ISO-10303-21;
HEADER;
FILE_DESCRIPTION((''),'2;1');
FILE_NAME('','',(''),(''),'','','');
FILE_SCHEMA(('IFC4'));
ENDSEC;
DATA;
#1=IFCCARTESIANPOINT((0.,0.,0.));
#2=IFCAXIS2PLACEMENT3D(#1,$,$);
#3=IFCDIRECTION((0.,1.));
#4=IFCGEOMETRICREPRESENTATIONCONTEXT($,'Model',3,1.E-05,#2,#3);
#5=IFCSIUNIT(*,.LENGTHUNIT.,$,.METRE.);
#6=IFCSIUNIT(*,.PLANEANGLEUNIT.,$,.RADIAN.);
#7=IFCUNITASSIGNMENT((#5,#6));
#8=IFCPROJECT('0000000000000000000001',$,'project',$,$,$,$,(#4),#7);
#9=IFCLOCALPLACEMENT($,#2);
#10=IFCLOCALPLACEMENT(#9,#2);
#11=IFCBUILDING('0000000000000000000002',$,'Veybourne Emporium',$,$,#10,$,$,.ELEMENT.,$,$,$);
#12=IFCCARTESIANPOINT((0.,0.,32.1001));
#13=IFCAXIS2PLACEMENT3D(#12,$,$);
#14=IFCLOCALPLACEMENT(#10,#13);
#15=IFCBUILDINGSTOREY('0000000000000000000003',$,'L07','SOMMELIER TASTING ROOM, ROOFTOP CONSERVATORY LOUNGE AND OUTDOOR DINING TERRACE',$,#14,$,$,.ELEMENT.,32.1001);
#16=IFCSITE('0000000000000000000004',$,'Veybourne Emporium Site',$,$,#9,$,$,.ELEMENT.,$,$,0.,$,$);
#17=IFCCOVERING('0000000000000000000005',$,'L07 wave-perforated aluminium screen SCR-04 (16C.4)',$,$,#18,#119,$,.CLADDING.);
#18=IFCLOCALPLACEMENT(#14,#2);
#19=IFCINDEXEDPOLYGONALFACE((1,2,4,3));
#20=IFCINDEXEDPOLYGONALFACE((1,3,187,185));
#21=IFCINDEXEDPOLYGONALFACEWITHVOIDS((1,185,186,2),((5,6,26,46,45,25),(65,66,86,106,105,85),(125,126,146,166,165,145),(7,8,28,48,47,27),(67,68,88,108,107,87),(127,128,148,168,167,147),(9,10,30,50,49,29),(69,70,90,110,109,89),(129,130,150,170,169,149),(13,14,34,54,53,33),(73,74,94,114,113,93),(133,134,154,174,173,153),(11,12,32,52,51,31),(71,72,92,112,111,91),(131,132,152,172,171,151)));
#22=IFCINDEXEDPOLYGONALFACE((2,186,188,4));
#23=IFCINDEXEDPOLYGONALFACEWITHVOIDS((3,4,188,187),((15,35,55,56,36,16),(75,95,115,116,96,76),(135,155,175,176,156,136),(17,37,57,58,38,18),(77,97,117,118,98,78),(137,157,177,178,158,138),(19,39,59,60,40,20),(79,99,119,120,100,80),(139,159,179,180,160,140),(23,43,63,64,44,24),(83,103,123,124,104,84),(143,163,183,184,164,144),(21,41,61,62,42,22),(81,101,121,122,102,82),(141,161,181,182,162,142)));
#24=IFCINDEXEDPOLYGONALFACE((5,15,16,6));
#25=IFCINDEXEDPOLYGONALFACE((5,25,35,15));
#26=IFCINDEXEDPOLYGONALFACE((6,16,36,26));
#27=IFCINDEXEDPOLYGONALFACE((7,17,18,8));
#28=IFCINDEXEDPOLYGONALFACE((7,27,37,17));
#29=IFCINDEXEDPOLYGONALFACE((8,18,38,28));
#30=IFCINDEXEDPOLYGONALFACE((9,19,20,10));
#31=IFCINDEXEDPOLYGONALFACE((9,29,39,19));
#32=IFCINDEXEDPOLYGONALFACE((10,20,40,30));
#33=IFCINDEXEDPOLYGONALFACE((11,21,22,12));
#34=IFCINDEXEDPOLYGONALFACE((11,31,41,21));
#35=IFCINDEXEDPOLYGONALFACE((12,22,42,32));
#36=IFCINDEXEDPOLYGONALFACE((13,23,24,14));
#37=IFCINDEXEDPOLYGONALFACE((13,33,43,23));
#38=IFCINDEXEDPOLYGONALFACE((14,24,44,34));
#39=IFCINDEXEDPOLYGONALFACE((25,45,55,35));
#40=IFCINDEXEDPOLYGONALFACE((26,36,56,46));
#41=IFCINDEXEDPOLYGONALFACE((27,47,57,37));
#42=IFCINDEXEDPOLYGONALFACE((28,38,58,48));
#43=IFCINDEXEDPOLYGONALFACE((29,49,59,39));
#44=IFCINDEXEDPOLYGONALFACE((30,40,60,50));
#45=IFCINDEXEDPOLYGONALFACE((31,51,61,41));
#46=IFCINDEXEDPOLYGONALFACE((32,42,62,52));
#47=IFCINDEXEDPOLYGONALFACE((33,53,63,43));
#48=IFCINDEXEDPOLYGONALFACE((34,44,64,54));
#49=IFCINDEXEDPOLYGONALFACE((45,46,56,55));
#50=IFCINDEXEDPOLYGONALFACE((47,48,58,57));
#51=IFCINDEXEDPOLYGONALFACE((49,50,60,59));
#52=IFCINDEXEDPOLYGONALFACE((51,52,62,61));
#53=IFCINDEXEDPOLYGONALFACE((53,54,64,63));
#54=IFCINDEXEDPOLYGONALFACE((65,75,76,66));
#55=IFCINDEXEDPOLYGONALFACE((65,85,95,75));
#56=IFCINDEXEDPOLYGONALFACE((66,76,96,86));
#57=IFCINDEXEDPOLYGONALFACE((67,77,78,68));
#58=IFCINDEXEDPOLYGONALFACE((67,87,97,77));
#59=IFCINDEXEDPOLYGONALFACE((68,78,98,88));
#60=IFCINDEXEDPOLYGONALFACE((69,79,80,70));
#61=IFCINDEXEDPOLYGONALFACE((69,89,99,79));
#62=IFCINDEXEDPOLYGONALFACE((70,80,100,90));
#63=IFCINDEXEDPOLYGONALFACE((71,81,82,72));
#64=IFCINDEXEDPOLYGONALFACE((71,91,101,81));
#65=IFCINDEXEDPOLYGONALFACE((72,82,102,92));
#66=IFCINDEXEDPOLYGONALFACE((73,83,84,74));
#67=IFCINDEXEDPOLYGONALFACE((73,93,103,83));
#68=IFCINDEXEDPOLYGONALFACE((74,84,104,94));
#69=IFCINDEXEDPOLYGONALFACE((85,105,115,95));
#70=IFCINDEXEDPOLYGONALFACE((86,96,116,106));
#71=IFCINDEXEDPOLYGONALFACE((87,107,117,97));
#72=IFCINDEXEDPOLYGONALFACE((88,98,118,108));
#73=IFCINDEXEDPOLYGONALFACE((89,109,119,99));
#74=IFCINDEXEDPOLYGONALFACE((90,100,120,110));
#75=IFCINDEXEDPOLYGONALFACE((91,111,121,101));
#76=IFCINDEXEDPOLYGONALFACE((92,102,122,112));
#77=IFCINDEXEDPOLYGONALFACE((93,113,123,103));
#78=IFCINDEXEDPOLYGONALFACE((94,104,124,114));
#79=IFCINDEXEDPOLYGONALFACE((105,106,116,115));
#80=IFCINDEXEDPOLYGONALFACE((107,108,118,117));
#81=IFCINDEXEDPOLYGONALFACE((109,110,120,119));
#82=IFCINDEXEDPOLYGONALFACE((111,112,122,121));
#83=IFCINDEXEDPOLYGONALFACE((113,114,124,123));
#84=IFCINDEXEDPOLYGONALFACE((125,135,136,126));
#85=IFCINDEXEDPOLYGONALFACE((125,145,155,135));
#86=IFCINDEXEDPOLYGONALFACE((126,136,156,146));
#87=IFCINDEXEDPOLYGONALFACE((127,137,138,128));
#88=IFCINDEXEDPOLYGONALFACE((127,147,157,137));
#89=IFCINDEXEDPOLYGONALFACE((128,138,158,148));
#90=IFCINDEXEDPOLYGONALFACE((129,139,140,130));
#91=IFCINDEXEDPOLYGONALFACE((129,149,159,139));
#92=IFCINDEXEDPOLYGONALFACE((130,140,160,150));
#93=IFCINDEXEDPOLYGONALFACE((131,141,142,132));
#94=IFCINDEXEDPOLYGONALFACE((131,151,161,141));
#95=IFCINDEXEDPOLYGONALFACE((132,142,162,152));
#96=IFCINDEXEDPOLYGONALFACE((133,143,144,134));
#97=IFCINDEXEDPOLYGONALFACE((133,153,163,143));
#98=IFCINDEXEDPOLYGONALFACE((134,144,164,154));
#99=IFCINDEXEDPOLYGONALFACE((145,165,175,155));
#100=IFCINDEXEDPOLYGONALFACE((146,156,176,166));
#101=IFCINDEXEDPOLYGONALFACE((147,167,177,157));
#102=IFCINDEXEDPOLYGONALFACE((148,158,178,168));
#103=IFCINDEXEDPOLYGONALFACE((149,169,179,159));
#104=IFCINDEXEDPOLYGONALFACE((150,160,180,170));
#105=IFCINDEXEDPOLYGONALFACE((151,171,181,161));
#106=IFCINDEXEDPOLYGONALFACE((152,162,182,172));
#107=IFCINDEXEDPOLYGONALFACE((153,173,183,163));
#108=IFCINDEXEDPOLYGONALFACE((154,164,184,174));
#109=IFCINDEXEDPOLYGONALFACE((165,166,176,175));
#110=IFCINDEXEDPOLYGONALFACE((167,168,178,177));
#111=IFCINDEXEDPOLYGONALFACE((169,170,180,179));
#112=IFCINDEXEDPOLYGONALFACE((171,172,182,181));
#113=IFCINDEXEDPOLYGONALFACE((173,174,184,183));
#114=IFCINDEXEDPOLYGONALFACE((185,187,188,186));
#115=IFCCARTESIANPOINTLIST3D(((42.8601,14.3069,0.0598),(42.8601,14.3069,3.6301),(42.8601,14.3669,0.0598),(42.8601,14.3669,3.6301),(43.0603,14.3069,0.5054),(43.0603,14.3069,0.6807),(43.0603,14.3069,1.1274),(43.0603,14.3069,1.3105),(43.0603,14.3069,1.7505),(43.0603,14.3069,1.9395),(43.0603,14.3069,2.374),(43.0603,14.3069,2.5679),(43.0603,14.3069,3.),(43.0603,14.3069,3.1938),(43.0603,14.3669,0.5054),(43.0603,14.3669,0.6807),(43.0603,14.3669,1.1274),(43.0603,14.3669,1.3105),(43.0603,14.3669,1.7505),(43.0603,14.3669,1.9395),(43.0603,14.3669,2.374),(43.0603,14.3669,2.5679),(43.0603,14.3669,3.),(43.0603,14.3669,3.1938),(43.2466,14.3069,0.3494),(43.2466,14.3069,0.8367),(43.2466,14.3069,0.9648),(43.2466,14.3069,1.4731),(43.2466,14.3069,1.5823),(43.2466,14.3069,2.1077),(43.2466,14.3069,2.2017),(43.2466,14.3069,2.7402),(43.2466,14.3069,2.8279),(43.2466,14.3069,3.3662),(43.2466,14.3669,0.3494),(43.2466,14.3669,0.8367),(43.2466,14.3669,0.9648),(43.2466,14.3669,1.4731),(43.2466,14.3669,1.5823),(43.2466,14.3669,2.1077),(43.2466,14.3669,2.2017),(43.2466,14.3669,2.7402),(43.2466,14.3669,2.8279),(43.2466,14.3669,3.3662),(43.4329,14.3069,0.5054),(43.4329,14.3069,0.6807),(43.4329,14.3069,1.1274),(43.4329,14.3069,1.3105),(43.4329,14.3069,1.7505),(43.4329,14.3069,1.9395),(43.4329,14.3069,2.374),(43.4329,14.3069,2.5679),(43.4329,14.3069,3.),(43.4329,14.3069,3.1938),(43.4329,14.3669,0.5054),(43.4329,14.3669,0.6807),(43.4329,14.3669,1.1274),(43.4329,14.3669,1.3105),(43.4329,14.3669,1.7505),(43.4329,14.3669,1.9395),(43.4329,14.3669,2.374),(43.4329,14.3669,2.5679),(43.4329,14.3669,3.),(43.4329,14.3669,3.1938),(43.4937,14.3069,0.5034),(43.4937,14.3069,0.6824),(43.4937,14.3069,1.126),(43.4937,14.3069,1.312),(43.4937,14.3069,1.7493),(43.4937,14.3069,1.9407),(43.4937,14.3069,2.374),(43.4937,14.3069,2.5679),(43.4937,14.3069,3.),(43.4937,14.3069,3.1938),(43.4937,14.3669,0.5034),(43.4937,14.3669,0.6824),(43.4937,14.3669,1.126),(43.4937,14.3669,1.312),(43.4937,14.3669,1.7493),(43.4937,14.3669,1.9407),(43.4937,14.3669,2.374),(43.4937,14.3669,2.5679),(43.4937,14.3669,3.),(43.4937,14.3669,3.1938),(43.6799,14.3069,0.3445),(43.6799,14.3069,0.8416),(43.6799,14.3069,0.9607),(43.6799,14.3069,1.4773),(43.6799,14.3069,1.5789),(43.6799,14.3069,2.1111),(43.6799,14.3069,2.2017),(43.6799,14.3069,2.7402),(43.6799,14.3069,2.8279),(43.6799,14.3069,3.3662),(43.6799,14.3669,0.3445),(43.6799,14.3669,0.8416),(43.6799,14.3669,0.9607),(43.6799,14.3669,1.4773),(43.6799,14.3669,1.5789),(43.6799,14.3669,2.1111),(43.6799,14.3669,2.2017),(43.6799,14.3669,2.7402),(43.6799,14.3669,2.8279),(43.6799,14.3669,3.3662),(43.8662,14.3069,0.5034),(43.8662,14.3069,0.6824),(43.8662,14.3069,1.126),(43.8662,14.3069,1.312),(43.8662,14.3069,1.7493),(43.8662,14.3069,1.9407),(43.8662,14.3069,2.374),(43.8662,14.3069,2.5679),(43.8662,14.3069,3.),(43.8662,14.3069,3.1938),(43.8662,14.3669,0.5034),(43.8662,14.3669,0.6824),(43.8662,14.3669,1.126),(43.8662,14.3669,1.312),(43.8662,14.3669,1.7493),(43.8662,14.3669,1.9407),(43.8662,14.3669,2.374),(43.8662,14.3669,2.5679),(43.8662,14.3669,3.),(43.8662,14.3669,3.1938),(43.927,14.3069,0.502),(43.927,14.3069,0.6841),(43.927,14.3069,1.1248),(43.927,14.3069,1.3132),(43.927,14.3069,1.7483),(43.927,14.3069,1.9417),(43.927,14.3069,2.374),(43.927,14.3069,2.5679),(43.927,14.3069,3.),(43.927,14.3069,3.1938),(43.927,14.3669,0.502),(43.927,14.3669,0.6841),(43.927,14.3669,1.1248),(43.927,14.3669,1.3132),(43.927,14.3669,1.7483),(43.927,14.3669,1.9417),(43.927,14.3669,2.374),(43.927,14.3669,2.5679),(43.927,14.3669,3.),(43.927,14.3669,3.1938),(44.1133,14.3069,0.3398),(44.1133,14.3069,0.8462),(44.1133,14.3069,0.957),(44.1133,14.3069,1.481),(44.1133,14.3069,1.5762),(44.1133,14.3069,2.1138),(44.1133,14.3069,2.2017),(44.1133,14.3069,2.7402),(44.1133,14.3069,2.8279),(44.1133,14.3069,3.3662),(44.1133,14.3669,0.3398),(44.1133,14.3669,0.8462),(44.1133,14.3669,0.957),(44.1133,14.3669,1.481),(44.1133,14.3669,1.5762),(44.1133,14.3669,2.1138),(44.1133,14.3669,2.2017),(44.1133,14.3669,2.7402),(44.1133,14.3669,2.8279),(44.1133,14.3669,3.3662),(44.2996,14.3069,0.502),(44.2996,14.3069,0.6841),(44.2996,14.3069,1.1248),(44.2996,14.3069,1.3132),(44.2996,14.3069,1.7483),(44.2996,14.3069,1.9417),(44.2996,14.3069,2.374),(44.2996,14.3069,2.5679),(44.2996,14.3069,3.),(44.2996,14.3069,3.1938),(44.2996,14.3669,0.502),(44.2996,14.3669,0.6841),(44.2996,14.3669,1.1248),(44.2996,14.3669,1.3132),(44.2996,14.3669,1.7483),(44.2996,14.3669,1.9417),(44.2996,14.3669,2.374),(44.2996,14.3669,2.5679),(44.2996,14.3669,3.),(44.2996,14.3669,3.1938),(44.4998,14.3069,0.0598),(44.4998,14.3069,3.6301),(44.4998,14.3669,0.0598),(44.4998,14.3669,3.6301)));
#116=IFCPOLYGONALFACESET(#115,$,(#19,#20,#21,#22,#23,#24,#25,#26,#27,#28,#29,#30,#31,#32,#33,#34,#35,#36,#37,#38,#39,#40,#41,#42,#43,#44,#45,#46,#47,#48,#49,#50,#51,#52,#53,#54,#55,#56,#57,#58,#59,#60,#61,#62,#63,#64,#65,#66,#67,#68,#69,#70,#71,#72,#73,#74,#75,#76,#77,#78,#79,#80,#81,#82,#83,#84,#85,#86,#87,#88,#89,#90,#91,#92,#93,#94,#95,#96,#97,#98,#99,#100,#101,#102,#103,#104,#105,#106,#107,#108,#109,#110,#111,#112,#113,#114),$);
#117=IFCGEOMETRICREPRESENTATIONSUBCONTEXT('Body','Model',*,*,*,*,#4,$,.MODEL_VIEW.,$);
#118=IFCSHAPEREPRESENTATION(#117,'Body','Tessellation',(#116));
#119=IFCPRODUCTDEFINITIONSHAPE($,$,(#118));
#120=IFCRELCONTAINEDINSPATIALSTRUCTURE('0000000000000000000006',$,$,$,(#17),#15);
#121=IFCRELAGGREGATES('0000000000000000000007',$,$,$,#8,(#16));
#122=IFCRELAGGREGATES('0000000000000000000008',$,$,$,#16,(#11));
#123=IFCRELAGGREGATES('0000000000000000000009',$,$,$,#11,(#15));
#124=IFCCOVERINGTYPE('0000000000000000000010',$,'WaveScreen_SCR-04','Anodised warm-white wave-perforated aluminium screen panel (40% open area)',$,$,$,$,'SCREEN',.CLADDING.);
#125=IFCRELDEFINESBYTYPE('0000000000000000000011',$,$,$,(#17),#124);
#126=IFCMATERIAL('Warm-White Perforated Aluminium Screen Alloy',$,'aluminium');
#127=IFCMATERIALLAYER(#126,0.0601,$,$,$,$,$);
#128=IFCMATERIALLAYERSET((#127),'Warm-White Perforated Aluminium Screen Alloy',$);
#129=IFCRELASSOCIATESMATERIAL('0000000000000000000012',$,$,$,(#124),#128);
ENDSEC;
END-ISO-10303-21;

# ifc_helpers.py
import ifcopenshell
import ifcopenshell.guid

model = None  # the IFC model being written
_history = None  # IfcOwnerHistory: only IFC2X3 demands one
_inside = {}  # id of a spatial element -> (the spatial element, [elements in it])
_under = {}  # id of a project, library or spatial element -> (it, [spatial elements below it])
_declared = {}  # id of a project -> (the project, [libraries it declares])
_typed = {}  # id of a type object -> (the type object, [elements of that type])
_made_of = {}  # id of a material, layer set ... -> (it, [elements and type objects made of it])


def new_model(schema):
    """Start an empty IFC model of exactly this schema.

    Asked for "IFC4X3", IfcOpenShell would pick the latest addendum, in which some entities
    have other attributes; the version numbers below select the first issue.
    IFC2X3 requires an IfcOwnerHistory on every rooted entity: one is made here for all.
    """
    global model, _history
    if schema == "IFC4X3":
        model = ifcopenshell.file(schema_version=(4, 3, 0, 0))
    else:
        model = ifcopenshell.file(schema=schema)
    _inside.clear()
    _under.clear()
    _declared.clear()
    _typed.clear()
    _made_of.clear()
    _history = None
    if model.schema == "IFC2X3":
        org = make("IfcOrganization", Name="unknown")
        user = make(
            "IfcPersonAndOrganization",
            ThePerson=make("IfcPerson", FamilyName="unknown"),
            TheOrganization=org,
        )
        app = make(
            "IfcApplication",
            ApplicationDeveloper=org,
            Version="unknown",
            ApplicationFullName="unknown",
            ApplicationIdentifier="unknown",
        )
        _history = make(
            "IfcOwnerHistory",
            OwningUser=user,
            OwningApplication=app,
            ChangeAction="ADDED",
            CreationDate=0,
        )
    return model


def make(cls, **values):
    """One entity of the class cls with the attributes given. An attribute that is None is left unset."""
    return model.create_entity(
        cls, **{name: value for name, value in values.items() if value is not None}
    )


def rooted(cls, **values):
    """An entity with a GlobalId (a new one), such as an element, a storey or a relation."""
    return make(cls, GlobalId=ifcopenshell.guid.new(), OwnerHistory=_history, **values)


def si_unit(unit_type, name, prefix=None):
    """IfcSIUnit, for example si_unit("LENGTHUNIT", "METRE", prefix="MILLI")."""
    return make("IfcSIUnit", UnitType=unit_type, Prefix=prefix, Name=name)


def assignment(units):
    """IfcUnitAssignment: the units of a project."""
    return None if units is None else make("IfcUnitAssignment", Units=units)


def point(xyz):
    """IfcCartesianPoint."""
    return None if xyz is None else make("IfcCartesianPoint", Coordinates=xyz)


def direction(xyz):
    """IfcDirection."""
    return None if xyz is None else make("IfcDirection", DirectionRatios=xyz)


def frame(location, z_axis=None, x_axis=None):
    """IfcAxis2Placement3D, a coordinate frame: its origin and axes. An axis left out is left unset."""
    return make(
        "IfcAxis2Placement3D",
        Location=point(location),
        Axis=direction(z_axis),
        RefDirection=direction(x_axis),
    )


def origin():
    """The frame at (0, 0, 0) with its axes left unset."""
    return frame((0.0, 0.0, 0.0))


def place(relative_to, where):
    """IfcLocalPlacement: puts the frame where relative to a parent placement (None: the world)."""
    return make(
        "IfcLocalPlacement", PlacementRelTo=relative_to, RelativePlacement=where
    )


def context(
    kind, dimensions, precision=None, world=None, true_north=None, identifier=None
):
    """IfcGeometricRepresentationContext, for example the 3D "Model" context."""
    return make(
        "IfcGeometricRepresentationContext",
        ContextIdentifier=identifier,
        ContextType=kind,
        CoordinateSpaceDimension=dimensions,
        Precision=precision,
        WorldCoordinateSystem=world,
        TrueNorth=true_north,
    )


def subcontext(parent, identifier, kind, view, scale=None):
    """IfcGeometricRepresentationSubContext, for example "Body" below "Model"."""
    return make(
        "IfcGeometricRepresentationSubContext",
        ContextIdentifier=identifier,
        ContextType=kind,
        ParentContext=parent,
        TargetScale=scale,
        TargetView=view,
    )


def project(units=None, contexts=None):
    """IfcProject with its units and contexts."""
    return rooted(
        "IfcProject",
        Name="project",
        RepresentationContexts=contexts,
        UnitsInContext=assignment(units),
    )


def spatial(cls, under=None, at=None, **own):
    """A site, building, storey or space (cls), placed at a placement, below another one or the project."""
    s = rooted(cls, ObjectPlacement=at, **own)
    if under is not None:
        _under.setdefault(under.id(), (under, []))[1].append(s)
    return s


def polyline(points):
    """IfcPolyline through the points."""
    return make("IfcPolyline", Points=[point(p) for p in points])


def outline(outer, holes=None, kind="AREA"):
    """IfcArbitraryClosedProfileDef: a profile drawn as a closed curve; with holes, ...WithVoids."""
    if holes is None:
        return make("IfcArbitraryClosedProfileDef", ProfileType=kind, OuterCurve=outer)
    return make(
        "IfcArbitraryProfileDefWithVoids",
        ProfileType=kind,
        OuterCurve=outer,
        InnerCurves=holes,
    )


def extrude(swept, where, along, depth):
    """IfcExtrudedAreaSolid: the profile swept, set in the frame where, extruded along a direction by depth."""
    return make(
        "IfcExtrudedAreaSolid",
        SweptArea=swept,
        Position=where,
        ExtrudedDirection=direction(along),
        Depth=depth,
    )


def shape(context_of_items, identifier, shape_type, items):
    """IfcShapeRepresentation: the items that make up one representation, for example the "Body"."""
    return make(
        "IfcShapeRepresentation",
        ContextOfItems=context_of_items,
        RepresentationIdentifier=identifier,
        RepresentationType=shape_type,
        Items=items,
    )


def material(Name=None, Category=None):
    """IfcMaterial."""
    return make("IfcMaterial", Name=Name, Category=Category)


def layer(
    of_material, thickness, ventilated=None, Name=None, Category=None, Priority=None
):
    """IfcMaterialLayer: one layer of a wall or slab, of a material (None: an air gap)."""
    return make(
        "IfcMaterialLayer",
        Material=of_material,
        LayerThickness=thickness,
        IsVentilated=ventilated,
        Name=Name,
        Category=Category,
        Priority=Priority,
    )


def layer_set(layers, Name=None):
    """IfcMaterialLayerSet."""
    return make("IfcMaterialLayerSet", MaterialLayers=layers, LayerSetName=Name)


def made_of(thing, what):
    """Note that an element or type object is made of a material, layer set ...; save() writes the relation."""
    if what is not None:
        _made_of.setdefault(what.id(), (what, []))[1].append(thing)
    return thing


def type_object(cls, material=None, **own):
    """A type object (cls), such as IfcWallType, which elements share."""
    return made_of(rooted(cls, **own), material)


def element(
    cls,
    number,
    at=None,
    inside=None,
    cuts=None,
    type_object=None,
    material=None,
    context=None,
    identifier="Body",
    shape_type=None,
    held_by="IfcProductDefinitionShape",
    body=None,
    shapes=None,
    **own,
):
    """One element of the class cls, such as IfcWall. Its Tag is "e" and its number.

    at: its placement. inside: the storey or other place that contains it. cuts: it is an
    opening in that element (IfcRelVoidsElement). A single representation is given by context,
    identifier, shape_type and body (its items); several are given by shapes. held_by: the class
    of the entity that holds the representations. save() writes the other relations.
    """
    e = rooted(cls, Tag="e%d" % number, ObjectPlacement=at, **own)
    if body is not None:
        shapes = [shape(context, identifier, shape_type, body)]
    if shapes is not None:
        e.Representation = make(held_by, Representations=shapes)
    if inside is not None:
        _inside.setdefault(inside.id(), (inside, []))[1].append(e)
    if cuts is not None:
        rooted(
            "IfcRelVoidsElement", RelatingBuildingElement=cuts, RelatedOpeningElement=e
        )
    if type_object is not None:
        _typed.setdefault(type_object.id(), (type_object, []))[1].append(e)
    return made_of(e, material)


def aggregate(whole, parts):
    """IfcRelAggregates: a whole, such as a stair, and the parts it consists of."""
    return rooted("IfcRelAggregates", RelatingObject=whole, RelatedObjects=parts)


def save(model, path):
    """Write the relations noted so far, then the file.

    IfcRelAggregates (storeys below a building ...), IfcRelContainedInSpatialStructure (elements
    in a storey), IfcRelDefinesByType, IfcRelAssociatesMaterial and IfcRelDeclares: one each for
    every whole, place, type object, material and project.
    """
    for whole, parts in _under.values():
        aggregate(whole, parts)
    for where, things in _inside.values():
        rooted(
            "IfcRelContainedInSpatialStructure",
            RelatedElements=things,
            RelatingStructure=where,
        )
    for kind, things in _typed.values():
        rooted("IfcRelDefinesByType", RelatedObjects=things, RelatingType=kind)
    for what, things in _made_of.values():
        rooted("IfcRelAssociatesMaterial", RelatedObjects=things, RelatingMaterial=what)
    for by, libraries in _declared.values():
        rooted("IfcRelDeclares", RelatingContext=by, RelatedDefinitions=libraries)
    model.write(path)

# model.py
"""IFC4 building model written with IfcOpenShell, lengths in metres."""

from ifc_helpers import new_model, si_unit, direction, frame, origin, place, context, subcontext, project, spatial, polyline, outline, extrude, material, layer, layer_set, type_object, element, save


model = new_model("IFC4")

# Units and contexts
model_context = context("Model", 3, precision=1e-05, world=origin(), true_north=direction((0.0, 1.0)))
body_context = subcontext(model_context, "Body", "Model", "MODEL_VIEW")
ifc_project = project(units=[si_unit("LENGTHUNIT", "METRE"), si_unit("PLANEANGLEUNIT", "RADIAN")], contexts=[model_context])

# Site, building, storey
site_placement = place(None, origin())
site = spatial("IfcSite", under=ifc_project, at=site_placement, Name="Veybourne Emporium Site", CompositionType="ELEMENT", RefElevation=0.0)
building_placement = place(site_placement, origin())
building = spatial("IfcBuilding", under=site, at=building_placement, Name="Veybourne Emporium", CompositionType="ELEMENT")
storey_placement = place(building_placement, frame((0.0, 0.0, 32.1001)))
storey = spatial("IfcBuildingStorey", under=building, at=storey_placement, Name="L07", Description="SOMMELIER TASTING ROOM, ROOFTOP CONSERVATORY LOUNGE AND OUTDOOR DINING TERRACE", CompositionType="ELEMENT", Elevation=32.1001)

# Covering
ifc_material_1 = material(Name="Warm-White Perforated Aluminium Screen Alloy", Category="aluminium")
ifc_layer_1 = layer(ifc_material_1, 0.0601)
ifc_layer_set_1 = layer_set([ifc_layer_1], Name="Warm-White Perforated Aluminium Screen Alloy")
covering_type_1 = type_object("IfcCoveringType", Name="WaveScreen_SCR-04", Description="Anodised warm-white wave-perforated aluminium screen panel (40% open area)", ElementType="SCREEN", PredefinedType="CLADDING", material=ifc_layer_set_1)
covering_1_placement = place(storey_placement, frame((43.6799, 14.3069, 1.845), z_axis=(0.0, 1.0, 0.0), x_axis=(-1.0, 0.0, 0.0)))
element("IfcCovering", 1, at=covering_1_placement, inside=storey, type_object=covering_type_1, Name="L07 wave-perforated aluminium screen SCR-04 (16C.4)", PredefinedType="CLADDING", context=body_context, shape_type="SweptSolid", body=[
    extrude(outline(polyline([(-0.8198, -1.7852), (0.8198, -1.7852), (0.8198, 1.7852), (-0.8198, 1.7852), (-0.8198, -1.7852)]), holes=[polyline([(-0.4333, -0.9988), (-0.2471, -1.1609), (-0.2471, -1.343), (-0.4333, -1.5051), (-0.6196, -1.343), (-0.6196, -1.1609), (-0.4333, -0.9988)]), polyline([(-0.4333, -0.364), (-0.2471, -0.5317), (-0.2471, -0.7202), (-0.4333, -0.8879), (-0.6196, -0.7202), (-0.6196, -0.5317), (-0.4333, -0.364)]), polyline([(-0.4333, 0.2688), (-0.2471, 0.0967), (-0.2471, -0.0967), (-0.4333, -0.2688), (-0.6196, -0.0967), (-0.6196, 0.0967), (-0.4333, 0.2688)]), polyline([(-0.4333, 0.8953), (-0.2471, 0.7229), (-0.2471, 0.5291), (-0.4333, 0.3567), (-0.6196, 0.5291), (-0.6196, 0.7229), (-0.4333, 0.8953)]), polyline([(-0.4333, 1.5212), (-0.2471, 1.3489), (-0.2471, 1.155), (-0.4333, 0.9829), (-0.6196, 1.155), (-0.6196, 1.3489), (-0.4333, 1.5212)]), polyline([(0.0, -1.0034), (0.1863, -1.1626), (0.1863, -1.3416), (0.0, -1.5005), (-0.1863, -1.3416), (-0.1863, -1.1626), (0.0, -1.0034)]), polyline([(0.0, -0.3677), (0.1863, -0.533), (0.1863, -0.719), (0.0, -0.8843), (-0.1863, -0.719), (-0.1863, -0.533), (0.0, -0.3677)]), polyline([(0.0, 0.2661), (0.1863, 0.0957), (0.1863, -0.0957), (0.0, -0.2661), (-0.1863, -0.0957), (-0.1863, 0.0957), (0.0, 0.2661)]), polyline([(0.0, 0.8953), (0.1863, 0.7229), (0.1863, 0.5291), (0.0, 0.3567), (-0.1863, 0.5291), (-0.1863, 0.7229), (0.0, 0.8953)]), polyline([(0.0, 1.5212), (0.1863, 1.3489), (0.1863, 1.155), (0.0, 0.9829), (-0.1863, 1.155), (-0.1863, 1.3489), (0.0, 1.5212)]), polyline([(0.4333, -1.0083), (0.6196, -1.1643), (0.6196, -1.3396), (0.4333, -1.4956), (0.2471, -1.3396), (0.2471, -1.1643), (0.4333, -1.0083)]), polyline([(0.4333, -0.3718), (0.6196, -0.5344), (0.6196, -0.7175), (0.4333, -0.8801), (0.2471, -0.7175), (0.2471, -0.5344), (0.4333, -0.3718)]), polyline([(0.4333, 0.2627), (0.6196, 0.0945), (0.6196, -0.0945), (0.4333, -0.2627), (0.2471, -0.0945), (0.2471, 0.0945), (0.4333, 0.2627)]), polyline([(0.4333, 0.8953), (0.6196, 0.7229), (0.6196, 0.5291), (0.4333, 0.3567), (0.2471, 0.5291), (0.2471, 0.7229), (0.4333, 0.8953)]), polyline([(0.4333, 1.5212), (0.6196, 1.3489), (0.6196, 1.155), (0.4333, 0.9829), (0.2471, 1.155), (0.2471, 1.3489), (0.4333, 1.5212)])]), origin(), (0.0, 0.0, 1.0), 0.0601),
])

save(model, "model.ifc")
